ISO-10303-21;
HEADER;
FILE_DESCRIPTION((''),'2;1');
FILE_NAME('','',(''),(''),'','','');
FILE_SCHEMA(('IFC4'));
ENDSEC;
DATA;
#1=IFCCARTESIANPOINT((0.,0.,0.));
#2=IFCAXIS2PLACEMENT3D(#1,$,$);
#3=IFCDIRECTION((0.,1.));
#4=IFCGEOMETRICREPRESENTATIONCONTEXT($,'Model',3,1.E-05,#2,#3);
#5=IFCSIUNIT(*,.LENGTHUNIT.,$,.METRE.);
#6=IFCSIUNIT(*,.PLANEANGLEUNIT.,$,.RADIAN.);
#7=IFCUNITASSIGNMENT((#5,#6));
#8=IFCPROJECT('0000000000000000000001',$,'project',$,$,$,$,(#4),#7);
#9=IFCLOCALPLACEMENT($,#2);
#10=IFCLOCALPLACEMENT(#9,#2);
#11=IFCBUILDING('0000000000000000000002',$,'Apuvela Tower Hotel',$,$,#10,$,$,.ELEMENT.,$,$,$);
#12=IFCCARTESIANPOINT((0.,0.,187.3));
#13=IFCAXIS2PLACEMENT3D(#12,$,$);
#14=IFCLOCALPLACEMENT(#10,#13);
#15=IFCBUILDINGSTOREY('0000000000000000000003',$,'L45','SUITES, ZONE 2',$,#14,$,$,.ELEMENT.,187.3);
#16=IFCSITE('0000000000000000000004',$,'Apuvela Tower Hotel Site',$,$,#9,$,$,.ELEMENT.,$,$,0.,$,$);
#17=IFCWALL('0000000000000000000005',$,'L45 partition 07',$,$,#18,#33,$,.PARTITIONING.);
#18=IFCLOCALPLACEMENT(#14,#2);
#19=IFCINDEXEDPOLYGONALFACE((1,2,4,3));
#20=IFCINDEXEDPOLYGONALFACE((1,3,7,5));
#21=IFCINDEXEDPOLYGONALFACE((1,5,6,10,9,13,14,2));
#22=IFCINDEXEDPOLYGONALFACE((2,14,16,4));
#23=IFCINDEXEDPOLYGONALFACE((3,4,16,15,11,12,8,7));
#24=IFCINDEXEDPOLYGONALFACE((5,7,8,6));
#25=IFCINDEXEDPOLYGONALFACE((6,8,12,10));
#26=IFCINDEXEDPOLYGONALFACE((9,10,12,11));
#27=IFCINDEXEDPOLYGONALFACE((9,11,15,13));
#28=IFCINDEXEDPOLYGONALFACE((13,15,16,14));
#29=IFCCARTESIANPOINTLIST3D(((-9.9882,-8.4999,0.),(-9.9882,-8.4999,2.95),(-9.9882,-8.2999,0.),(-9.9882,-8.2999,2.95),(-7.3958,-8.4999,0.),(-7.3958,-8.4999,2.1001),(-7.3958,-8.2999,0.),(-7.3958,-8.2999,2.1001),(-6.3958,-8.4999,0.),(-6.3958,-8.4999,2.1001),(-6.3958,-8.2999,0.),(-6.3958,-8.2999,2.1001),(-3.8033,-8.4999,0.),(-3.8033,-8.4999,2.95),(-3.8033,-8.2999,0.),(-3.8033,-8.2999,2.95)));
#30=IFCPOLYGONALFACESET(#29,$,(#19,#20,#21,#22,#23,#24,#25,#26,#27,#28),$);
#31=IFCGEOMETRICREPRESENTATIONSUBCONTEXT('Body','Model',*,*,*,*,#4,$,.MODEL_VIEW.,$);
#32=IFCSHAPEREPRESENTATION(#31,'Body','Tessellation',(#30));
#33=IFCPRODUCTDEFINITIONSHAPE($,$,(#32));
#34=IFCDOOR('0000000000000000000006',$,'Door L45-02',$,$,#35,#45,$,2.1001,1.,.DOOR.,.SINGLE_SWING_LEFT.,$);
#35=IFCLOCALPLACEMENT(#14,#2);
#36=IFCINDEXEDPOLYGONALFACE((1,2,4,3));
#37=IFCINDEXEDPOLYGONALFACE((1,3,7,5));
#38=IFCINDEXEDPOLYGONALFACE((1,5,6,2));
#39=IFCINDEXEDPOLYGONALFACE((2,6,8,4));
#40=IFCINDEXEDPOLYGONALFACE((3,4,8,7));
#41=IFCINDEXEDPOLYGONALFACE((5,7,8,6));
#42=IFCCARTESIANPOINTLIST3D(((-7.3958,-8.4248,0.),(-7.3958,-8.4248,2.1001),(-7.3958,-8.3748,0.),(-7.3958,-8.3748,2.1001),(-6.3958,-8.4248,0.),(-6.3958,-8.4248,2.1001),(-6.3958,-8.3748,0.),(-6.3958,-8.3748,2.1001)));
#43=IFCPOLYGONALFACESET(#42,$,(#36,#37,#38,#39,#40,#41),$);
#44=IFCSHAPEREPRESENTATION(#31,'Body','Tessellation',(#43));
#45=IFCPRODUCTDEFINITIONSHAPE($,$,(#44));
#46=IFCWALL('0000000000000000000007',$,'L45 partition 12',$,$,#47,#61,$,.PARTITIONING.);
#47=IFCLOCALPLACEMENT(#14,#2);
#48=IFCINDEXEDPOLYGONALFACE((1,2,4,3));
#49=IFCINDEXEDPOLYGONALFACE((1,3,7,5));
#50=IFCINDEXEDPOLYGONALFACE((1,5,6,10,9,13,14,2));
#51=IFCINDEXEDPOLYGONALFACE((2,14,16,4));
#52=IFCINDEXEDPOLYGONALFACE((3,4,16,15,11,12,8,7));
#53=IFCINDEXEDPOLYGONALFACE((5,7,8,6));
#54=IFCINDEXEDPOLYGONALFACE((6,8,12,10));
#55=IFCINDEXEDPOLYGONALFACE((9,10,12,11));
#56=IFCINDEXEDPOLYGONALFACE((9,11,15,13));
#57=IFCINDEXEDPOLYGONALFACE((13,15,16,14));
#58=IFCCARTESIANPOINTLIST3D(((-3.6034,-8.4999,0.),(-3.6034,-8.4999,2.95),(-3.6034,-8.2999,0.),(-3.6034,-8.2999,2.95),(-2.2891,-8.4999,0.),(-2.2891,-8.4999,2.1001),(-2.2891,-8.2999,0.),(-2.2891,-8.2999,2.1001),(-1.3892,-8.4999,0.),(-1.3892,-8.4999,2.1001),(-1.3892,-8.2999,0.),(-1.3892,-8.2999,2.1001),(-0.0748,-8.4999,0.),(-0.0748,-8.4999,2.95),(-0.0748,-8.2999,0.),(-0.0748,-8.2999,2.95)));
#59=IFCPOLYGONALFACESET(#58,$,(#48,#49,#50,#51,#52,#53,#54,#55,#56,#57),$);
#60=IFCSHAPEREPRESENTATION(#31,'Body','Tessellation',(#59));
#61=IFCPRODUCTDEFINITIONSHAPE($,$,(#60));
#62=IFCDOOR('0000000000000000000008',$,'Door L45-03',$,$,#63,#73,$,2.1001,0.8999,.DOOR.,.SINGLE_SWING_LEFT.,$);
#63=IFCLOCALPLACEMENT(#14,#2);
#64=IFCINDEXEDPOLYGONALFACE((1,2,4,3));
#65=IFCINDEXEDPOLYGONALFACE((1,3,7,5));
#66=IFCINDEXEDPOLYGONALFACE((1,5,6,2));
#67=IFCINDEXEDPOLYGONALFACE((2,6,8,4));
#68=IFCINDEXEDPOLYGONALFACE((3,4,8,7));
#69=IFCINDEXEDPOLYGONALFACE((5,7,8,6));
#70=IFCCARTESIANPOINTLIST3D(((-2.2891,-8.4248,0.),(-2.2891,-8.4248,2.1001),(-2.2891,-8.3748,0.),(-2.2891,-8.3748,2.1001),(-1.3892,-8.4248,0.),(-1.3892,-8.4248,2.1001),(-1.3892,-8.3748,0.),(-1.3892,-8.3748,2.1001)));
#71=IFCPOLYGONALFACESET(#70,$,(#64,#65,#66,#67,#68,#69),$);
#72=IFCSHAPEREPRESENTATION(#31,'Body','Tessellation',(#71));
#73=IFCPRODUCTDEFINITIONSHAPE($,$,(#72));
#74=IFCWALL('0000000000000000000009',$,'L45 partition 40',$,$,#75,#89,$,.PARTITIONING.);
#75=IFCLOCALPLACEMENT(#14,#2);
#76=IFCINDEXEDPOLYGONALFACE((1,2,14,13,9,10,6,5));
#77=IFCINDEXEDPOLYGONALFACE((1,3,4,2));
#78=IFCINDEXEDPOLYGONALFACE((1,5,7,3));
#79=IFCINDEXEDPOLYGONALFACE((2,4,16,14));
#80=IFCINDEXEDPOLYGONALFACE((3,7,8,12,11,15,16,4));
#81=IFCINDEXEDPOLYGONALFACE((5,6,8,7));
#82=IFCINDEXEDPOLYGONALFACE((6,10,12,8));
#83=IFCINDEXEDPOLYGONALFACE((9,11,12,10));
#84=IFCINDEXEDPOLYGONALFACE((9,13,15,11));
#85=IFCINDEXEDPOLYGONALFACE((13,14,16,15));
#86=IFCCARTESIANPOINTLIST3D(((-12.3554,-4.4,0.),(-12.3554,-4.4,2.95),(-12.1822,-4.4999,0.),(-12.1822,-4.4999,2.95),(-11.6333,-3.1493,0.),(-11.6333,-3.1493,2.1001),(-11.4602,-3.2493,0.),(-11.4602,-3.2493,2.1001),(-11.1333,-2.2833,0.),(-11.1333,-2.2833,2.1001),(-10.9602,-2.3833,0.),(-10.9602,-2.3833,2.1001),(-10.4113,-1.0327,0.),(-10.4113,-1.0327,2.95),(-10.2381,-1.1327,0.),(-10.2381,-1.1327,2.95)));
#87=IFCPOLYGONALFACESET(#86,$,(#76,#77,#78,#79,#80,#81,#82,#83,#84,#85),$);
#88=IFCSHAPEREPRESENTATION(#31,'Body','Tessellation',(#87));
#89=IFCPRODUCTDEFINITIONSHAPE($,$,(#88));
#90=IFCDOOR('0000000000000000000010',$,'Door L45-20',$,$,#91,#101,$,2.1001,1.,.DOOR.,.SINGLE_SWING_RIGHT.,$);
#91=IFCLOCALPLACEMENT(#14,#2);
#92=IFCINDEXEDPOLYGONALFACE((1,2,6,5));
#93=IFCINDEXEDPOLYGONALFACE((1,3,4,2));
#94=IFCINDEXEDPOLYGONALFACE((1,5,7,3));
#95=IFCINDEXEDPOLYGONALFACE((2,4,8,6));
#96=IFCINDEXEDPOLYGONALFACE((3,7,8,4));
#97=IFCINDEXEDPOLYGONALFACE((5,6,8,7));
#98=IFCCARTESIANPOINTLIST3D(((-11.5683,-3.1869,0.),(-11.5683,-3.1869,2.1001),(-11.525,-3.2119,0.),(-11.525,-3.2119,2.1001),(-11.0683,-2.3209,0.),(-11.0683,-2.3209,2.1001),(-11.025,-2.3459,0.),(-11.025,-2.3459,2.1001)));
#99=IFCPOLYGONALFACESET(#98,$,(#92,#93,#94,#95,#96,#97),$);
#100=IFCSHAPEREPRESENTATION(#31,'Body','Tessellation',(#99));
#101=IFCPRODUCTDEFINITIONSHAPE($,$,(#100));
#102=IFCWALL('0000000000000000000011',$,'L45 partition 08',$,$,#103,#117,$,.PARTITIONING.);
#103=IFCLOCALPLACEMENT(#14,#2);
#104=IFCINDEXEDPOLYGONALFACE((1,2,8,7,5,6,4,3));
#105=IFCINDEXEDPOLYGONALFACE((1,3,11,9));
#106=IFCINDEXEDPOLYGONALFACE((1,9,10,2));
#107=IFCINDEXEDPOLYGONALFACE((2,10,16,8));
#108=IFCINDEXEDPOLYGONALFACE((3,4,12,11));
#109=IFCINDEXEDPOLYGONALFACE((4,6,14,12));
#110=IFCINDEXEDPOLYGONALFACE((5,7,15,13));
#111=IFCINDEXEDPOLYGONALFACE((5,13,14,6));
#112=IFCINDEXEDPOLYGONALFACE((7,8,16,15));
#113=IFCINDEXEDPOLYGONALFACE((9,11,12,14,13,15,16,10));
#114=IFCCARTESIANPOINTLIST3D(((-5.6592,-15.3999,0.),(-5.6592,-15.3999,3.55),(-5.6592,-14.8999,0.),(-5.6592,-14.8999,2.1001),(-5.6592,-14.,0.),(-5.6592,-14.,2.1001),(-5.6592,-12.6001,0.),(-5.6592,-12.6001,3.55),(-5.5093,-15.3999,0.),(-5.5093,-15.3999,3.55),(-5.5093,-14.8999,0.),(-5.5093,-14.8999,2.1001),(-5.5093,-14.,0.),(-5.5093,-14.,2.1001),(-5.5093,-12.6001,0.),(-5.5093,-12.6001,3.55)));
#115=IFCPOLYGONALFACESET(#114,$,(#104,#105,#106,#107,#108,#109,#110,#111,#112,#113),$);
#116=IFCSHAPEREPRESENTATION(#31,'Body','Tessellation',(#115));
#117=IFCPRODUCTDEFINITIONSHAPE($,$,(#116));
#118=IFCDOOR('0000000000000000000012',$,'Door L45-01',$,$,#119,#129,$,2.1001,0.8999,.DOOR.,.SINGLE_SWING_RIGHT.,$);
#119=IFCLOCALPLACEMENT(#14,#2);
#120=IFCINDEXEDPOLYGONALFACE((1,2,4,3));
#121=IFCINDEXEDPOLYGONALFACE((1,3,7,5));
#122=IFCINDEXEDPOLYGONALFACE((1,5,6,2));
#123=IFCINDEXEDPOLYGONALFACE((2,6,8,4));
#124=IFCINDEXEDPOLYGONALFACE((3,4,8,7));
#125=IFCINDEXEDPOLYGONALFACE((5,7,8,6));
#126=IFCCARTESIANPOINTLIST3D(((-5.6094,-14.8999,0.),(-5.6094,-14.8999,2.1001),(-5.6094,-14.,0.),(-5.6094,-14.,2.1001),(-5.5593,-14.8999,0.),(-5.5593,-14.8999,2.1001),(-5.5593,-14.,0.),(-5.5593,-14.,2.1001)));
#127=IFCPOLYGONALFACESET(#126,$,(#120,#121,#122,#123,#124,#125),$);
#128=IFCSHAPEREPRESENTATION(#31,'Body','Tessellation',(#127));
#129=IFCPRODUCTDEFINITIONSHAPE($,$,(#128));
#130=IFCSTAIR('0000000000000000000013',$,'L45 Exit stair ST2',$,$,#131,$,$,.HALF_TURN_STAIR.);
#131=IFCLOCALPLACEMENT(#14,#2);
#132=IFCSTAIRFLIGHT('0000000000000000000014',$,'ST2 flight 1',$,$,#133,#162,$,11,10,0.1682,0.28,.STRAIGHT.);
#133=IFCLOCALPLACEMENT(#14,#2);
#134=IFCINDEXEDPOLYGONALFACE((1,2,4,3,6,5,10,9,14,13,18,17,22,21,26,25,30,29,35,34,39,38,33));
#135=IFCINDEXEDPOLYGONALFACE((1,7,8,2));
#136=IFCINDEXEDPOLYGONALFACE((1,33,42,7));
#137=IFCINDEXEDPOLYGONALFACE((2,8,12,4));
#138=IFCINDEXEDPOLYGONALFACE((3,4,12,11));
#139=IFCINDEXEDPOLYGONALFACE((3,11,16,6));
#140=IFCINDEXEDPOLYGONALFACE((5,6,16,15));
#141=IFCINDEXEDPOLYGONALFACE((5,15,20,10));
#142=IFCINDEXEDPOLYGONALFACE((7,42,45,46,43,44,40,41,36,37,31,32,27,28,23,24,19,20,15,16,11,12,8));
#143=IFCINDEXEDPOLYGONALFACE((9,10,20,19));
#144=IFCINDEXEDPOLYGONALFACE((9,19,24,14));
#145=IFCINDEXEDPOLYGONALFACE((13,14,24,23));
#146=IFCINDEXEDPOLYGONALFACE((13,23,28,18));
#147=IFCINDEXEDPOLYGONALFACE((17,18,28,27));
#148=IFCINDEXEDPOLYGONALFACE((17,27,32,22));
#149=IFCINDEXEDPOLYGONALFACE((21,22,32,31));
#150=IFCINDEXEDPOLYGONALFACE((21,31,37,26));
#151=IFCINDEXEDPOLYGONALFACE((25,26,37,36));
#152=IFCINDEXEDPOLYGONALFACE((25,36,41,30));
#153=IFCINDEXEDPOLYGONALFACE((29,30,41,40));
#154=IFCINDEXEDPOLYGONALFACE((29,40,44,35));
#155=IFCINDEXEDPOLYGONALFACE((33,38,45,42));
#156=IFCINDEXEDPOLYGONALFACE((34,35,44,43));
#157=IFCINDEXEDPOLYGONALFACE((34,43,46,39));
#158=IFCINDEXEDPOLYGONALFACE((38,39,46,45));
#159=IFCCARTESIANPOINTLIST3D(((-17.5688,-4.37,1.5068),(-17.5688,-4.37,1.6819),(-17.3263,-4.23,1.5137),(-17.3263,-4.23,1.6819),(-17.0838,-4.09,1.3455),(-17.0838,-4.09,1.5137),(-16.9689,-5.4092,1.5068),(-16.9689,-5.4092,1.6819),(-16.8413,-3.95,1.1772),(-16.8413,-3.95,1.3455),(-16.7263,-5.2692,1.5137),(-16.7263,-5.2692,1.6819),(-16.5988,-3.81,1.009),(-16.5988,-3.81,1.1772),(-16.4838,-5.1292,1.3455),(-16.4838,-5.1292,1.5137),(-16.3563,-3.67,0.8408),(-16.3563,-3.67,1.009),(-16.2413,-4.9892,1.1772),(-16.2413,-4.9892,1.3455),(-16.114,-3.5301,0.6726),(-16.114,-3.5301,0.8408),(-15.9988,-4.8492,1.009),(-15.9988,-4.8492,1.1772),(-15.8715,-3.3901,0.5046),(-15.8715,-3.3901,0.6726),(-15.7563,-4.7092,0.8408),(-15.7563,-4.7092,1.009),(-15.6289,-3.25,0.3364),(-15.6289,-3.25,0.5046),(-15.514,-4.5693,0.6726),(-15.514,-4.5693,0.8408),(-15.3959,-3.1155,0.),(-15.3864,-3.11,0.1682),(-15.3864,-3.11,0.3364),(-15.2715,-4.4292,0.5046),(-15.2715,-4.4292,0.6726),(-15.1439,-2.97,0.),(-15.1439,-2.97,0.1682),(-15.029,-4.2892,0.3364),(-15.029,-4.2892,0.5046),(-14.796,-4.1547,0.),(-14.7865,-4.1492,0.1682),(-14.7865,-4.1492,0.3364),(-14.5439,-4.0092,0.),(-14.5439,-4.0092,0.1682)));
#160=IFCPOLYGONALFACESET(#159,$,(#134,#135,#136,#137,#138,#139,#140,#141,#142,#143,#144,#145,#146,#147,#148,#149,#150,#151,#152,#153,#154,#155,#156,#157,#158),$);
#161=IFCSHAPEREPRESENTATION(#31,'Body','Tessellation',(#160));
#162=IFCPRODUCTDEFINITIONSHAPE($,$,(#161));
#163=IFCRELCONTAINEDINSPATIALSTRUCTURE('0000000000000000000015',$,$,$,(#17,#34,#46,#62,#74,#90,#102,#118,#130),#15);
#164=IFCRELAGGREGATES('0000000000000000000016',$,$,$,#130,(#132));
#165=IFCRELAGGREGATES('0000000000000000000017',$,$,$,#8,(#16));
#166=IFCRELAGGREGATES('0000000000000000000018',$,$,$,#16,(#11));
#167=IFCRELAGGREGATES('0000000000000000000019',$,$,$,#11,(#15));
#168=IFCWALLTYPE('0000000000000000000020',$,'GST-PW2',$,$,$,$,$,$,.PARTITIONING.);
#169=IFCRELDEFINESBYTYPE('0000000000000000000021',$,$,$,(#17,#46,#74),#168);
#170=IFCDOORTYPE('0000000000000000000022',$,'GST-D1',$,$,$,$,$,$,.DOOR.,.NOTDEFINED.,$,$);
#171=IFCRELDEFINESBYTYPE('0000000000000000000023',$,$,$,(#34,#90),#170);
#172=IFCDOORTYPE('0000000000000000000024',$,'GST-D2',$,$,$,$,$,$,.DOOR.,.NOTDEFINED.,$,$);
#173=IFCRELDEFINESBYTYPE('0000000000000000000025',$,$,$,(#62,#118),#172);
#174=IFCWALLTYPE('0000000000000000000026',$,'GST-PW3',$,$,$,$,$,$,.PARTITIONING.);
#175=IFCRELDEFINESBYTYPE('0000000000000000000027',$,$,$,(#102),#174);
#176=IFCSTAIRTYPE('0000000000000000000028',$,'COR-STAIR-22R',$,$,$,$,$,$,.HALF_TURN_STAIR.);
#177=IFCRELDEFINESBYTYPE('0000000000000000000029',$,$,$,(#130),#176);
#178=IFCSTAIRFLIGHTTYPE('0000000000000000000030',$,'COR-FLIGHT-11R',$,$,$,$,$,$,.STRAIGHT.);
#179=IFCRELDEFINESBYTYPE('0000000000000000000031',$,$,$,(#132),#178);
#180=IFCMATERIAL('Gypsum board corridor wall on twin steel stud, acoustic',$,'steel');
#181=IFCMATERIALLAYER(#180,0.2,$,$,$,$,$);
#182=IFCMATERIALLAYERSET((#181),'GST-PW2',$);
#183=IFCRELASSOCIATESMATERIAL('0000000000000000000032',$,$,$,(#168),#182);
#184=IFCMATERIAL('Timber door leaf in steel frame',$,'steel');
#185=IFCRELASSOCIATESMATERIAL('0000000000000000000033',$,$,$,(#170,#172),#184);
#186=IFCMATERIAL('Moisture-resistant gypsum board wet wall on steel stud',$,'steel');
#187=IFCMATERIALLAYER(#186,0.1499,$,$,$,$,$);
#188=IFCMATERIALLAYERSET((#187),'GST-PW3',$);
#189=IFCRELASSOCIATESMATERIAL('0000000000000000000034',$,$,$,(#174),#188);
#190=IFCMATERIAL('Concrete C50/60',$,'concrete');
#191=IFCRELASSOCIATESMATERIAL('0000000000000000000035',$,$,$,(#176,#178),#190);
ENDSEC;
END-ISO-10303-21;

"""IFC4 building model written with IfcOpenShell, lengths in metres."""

from ifc_helpers import new_model, si_unit, direction, frame, frame_2d, origin, place, context, subcontext, project, spatial, polyline, rectangle, outline, extrude, material, layer, layer_set, type_object, element, fill, aggregate, save


model = new_model("IFC4")

# Units and contexts
model_context = context("Model", 3, precision=1e-05, world=origin(), true_north=direction((0.0, 1.0)))
body_context = subcontext(model_context, "Body", "Model", "MODEL_VIEW")
ifc_project = project(units=[si_unit("LENGTHUNIT", "METRE"), si_unit("PLANEANGLEUNIT", "RADIAN")], contexts=[model_context])

# Site, building, storey
site_placement = place(None, origin())
site = spatial("IfcSite", under=ifc_project, at=site_placement, Name="Apuvela Tower Hotel Site", CompositionType="ELEMENT", RefElevation=0.0)
building_placement = place(site_placement, origin())
building = spatial("IfcBuilding", under=site, at=building_placement, Name="Apuvela Tower Hotel", CompositionType="ELEMENT")
storey_placement = place(building_placement, frame((0.0, 0.0, 187.3)))
storey = spatial("IfcBuildingStorey", under=building, at=storey_placement, Name="L45", Description="SUITES, ZONE 2", CompositionType="ELEMENT", Elevation=187.3)

# Shared definitions
ifc_material_1 = material(Name="Concrete C50/60", Category="concrete")

# Walls, openings, doors
ifc_material_2 = material(Name="Gypsum board corridor wall on twin steel stud, acoustic", Category="steel")
ifc_layer_1 = layer(ifc_material_2, 0.2)
ifc_layer_set_1 = layer_set([ifc_layer_1], Name="GST-PW2")
wall_type_1 = type_object("IfcWallType", Name="GST-PW2", PredefinedType="PARTITIONING", material=ifc_layer_set_1)
wall_1_placement = place(storey_placement, frame((-3.8035, -8.3999, 0.0), z_axis=(0.0, 0.0, 1.0), x_axis=(-1.0, 0.0, 0.0)))
wall_1 = element("IfcWall", 1, at=wall_1_placement, inside=storey, type_object=wall_type_1, Name="L45 partition 07", PredefinedType="PARTITIONING", context=body_context, shape_type="SweptSolid", body=[
    extrude(rectangle(XDim=6.1848, YDim=0.2, at=frame_2d((3.0923, 0.0))), origin(), (0.0, 0.0, 1.0), 2.95),
])
opening_1_placement = place(wall_1_placement, frame((2.5923, 0.0, 0.0)))
opening_1 = element("IfcOpeningElement", 2, at=opening_1_placement, cuts=wall_1, PredefinedType="OPENING", context=body_context, shape_type="SweptSolid", body=[
    extrude(rectangle(XDim=1.0, YDim=2.1001, at=frame_2d((0.5, 1.05))), frame((0.0, 0.1099, 0.0), z_axis=(0.0, -1.0, 0.0), x_axis=(1.0, 0.0, 0.0)), (0.0, 0.0, 1.0), 0.22),
])
ifc_material_3 = material(Name="Timber door leaf in steel frame", Category="steel")
door_type_1 = type_object("IfcDoorType", Name="GST-D1", OperationType="NOTDEFINED", PredefinedType="DOOR", material=ifc_material_3)
door_1_placement = place(opening_1_placement, origin())
door_1 = element("IfcDoor", 3, at=door_1_placement, inside=storey, type_object=door_type_1, Name="Door L45-02", OperationType="SINGLE_SWING_LEFT", OverallHeight=2.1001, OverallWidth=1.0, PredefinedType="DOOR", context=body_context, shape_type="SweptSolid", body=[
    extrude(rectangle(XDim=1.0, YDim=2.1001, at=frame_2d((0.5, 1.05))), frame((0.0, 0.0249, 0.0), z_axis=(0.0, -1.0, 0.0), x_axis=(1.0, 0.0, 0.0)), (0.0, 0.0, 1.0), 0.05),
])
fill(opening_1, door_1)
wall_2_placement = place(storey_placement, frame((-0.075, -8.3999, 0.0), z_axis=(0.0, 0.0, 1.0), x_axis=(-1.0, 0.0, 0.0)))
wall_2 = element("IfcWall", 4, at=wall_2_placement, inside=storey, type_object=wall_type_1, Name="L45 partition 12", PredefinedType="PARTITIONING", context=body_context, shape_type="SweptSolid", body=[
    extrude(rectangle(XDim=3.5286, YDim=0.2, at=frame_2d((1.7642, 0.0))), origin(), (0.0, 0.0, 1.0), 2.95),
])
opening_2_placement = place(wall_2_placement, frame((1.3142, 0.0, 0.0)))
opening_2 = element("IfcOpeningElement", 5, at=opening_2_placement, cuts=wall_2, PredefinedType="OPENING", context=body_context, shape_type="SweptSolid", body=[
    extrude(rectangle(XDim=0.8999, YDim=2.1001, at=frame_2d((0.45, 1.05))), frame((0.0, 0.1099, 0.0), z_axis=(0.0, -1.0, 0.0), x_axis=(1.0, 0.0, 0.0)), (0.0, 0.0, 1.0), 0.22),
])
door_type_2 = type_object("IfcDoorType", Name="GST-D2", OperationType="NOTDEFINED", PredefinedType="DOOR", material=ifc_material_3)
door_2_placement = place(opening_2_placement, origin())
door_2 = element("IfcDoor", 6, at=door_2_placement, inside=storey, type_object=door_type_2, Name="Door L45-03", OperationType="SINGLE_SWING_LEFT", OverallHeight=2.1001, OverallWidth=0.8999, PredefinedType="DOOR", context=body_context, shape_type="SweptSolid", body=[
    extrude(rectangle(XDim=0.8999, YDim=2.1001, at=frame_2d((0.45, 1.05))), frame((0.0, 0.0249, 0.0), z_axis=(0.0, -1.0, 0.0), x_axis=(1.0, 0.0, 0.0)), (0.0, 0.0, 1.0), 0.05),
])
fill(opening_2, door_2)
wall_3_placement = place(storey_placement, frame((-12.2688, -4.45, 0.0), z_axis=(0.0, 0.0, 1.0), x_axis=(0.500009, 0.86602, 0.0)))
wall_3 = element("IfcWall", 7, at=wall_3_placement, inside=storey, type_object=wall_type_1, Name="L45 partition 40", PredefinedType="PARTITIONING", context=body_context, shape_type="SweptSolid", body=[
    extrude(rectangle(XDim=3.8882, YDim=0.2, at=frame_2d((1.9441, 0.0))), origin(), (0.0, 0.0, 1.0), 2.95),
])
opening_3_placement = place(wall_3_placement, frame((1.4441, 0.0, 0.0)))
opening_3 = element("IfcOpeningElement", 8, at=opening_3_placement, cuts=wall_3, PredefinedType="OPENING", context=body_context, shape_type="SweptSolid", body=[
    extrude(rectangle(XDim=1.0, YDim=2.1001, at=frame_2d((0.5, 1.05))), frame((0.0, 0.1099, 0.0), z_axis=(0.0, -1.0, 0.0), x_axis=(1.0, 0.0, 0.0)), (0.0, 0.0, 1.0), 0.22),
])
door_3_placement = place(opening_3_placement, origin())
door_3 = element("IfcDoor", 9, at=door_3_placement, inside=storey, type_object=door_type_1, Name="Door L45-20", OperationType="SINGLE_SWING_RIGHT", OverallHeight=2.1001, OverallWidth=1.0, PredefinedType="DOOR", context=body_context, shape_type="SweptSolid", body=[
    extrude(rectangle(XDim=1.0, YDim=2.1001, at=frame_2d((0.5, 1.05))), frame((0.0, 0.0249, 0.0), z_axis=(0.0, -1.0, 0.0), x_axis=(1.0, 0.0, 0.0)), (0.0, 0.0, 1.0), 0.05),
])
fill(opening_3, door_3)
ifc_material_4 = material(Name="Moisture-resistant gypsum board wet wall on steel stud", Category="steel")
ifc_layer_2 = layer(ifc_material_4, 0.1499)
ifc_layer_set_2 = layer_set([ifc_layer_2], Name="GST-PW3")
wall_type_2 = type_object("IfcWallType", Name="GST-PW3", PredefinedType="PARTITIONING", material=ifc_layer_set_2)
wall_4_placement = place(storey_placement, frame((-5.5842, -12.6001, 0.0), z_axis=(0.0, 0.0, 1.0), x_axis=(0.0, -1.0, 0.0)))
wall_4 = element("IfcWall", 10, at=wall_4_placement, inside=storey, type_object=wall_type_2, Name="L45 partition 08", PredefinedType="PARTITIONING", context=body_context, shape_type="SweptSolid", body=[
    extrude(rectangle(XDim=2.7998, YDim=0.1499, at=frame_2d((1.3999, 0.0))), origin(), (0.0, 0.0, 1.0), 3.55),
])
opening_4_placement = place(wall_4_placement, frame((1.3999, 0.0, 0.0)))
opening_4 = element("IfcOpeningElement", 11, at=opening_4_placement, cuts=wall_4, PredefinedType="OPENING", context=body_context, shape_type="SweptSolid", body=[
    extrude(rectangle(XDim=0.8999, YDim=2.1001, at=frame_2d((0.45, 1.05))), frame((0.0, 0.085, 0.0), z_axis=(0.0, -1.0, 0.0), x_axis=(1.0, 0.0, 0.0)), (0.0, 0.0, 1.0), 0.1699),
])
door_4_placement = place(opening_4_placement, origin())
door_4 = element("IfcDoor", 12, at=door_4_placement, inside=storey, type_object=door_type_2, Name="Door L45-01", OperationType="SINGLE_SWING_RIGHT", OverallHeight=2.1001, OverallWidth=0.8999, PredefinedType="DOOR", context=body_context, shape_type="SweptSolid", body=[
    extrude(rectangle(XDim=0.8999, YDim=2.1001, at=frame_2d((0.45, 1.05))), frame((0.0, 0.0249, 0.0), z_axis=(0.0, -1.0, 0.0), x_axis=(1.0, 0.0, 0.0)), (0.0, 0.0, 1.0), 0.05),
])
fill(opening_4, door_4)

# Stair, stair flight
stair_type = type_object("IfcStairType", Name="COR-STAIR-22R", PredefinedType="HALF_TURN_STAIR", material=ifc_material_1)
stair_placement = place(storey_placement, origin())
stair = element("IfcStair", 13, at=stair_placement, inside=storey, type_object=stair_type, Name="L45 Exit stair ST2", PredefinedType="HALF_TURN_STAIR")
stair_flight_type = type_object("IfcStairFlightType", Name="COR-FLIGHT-11R", PredefinedType="STRAIGHT", material=ifc_material_1)
stair_flight_placement = place(storey_placement, frame((-14.844, -3.4895, 0.0), z_axis=(0.0, 0.0, 1.0), x_axis=(-0.866025, -0.5, 0.0)))
stair_flight = element("IfcStairFlight", 14, at=stair_flight_placement, type_object=stair_flight_type, Name="ST2 flight 1", NumberOfRisers=11, NumberOfTreads=10, PredefinedType="STRAIGHT", RiserHeight=0.1682, TreadLength=0.28, context=body_context, shape_type="SweptSolid", body=[
    extrude(outline(polyline([(0.0, 0.0), (0.0, 0.1682), (0.28, 0.1682), (0.28, 0.3364), (0.5601, 0.3364), (0.5601, 0.5046), (0.8401, 0.5046), (0.8401, 0.6726), (1.1201, 0.6726), (1.1201, 0.8408), (1.3999, 0.8408), (1.3999, 1.009), (1.6799, 1.009), (1.6799, 1.1772), (1.96, 1.1772), (1.96, 1.3455), (2.24, 1.3455), (2.24, 1.5137), (2.52, 1.5137), (2.52, 1.6819), (2.8, 1.6819), (2.8, 1.8501), (2.8, 1.5068), (0.291, 0.0), (0.0, 0.0)])), frame((0.0, 0.6001, 0.0), z_axis=(0.0, -1.0, 0.0), x_axis=(1.0, 0.0, 0.0)), (0.0, 0.0, 1.0), 1.2),
])
aggregate(stair, [stair_flight])

save(model, "model.ifc")
